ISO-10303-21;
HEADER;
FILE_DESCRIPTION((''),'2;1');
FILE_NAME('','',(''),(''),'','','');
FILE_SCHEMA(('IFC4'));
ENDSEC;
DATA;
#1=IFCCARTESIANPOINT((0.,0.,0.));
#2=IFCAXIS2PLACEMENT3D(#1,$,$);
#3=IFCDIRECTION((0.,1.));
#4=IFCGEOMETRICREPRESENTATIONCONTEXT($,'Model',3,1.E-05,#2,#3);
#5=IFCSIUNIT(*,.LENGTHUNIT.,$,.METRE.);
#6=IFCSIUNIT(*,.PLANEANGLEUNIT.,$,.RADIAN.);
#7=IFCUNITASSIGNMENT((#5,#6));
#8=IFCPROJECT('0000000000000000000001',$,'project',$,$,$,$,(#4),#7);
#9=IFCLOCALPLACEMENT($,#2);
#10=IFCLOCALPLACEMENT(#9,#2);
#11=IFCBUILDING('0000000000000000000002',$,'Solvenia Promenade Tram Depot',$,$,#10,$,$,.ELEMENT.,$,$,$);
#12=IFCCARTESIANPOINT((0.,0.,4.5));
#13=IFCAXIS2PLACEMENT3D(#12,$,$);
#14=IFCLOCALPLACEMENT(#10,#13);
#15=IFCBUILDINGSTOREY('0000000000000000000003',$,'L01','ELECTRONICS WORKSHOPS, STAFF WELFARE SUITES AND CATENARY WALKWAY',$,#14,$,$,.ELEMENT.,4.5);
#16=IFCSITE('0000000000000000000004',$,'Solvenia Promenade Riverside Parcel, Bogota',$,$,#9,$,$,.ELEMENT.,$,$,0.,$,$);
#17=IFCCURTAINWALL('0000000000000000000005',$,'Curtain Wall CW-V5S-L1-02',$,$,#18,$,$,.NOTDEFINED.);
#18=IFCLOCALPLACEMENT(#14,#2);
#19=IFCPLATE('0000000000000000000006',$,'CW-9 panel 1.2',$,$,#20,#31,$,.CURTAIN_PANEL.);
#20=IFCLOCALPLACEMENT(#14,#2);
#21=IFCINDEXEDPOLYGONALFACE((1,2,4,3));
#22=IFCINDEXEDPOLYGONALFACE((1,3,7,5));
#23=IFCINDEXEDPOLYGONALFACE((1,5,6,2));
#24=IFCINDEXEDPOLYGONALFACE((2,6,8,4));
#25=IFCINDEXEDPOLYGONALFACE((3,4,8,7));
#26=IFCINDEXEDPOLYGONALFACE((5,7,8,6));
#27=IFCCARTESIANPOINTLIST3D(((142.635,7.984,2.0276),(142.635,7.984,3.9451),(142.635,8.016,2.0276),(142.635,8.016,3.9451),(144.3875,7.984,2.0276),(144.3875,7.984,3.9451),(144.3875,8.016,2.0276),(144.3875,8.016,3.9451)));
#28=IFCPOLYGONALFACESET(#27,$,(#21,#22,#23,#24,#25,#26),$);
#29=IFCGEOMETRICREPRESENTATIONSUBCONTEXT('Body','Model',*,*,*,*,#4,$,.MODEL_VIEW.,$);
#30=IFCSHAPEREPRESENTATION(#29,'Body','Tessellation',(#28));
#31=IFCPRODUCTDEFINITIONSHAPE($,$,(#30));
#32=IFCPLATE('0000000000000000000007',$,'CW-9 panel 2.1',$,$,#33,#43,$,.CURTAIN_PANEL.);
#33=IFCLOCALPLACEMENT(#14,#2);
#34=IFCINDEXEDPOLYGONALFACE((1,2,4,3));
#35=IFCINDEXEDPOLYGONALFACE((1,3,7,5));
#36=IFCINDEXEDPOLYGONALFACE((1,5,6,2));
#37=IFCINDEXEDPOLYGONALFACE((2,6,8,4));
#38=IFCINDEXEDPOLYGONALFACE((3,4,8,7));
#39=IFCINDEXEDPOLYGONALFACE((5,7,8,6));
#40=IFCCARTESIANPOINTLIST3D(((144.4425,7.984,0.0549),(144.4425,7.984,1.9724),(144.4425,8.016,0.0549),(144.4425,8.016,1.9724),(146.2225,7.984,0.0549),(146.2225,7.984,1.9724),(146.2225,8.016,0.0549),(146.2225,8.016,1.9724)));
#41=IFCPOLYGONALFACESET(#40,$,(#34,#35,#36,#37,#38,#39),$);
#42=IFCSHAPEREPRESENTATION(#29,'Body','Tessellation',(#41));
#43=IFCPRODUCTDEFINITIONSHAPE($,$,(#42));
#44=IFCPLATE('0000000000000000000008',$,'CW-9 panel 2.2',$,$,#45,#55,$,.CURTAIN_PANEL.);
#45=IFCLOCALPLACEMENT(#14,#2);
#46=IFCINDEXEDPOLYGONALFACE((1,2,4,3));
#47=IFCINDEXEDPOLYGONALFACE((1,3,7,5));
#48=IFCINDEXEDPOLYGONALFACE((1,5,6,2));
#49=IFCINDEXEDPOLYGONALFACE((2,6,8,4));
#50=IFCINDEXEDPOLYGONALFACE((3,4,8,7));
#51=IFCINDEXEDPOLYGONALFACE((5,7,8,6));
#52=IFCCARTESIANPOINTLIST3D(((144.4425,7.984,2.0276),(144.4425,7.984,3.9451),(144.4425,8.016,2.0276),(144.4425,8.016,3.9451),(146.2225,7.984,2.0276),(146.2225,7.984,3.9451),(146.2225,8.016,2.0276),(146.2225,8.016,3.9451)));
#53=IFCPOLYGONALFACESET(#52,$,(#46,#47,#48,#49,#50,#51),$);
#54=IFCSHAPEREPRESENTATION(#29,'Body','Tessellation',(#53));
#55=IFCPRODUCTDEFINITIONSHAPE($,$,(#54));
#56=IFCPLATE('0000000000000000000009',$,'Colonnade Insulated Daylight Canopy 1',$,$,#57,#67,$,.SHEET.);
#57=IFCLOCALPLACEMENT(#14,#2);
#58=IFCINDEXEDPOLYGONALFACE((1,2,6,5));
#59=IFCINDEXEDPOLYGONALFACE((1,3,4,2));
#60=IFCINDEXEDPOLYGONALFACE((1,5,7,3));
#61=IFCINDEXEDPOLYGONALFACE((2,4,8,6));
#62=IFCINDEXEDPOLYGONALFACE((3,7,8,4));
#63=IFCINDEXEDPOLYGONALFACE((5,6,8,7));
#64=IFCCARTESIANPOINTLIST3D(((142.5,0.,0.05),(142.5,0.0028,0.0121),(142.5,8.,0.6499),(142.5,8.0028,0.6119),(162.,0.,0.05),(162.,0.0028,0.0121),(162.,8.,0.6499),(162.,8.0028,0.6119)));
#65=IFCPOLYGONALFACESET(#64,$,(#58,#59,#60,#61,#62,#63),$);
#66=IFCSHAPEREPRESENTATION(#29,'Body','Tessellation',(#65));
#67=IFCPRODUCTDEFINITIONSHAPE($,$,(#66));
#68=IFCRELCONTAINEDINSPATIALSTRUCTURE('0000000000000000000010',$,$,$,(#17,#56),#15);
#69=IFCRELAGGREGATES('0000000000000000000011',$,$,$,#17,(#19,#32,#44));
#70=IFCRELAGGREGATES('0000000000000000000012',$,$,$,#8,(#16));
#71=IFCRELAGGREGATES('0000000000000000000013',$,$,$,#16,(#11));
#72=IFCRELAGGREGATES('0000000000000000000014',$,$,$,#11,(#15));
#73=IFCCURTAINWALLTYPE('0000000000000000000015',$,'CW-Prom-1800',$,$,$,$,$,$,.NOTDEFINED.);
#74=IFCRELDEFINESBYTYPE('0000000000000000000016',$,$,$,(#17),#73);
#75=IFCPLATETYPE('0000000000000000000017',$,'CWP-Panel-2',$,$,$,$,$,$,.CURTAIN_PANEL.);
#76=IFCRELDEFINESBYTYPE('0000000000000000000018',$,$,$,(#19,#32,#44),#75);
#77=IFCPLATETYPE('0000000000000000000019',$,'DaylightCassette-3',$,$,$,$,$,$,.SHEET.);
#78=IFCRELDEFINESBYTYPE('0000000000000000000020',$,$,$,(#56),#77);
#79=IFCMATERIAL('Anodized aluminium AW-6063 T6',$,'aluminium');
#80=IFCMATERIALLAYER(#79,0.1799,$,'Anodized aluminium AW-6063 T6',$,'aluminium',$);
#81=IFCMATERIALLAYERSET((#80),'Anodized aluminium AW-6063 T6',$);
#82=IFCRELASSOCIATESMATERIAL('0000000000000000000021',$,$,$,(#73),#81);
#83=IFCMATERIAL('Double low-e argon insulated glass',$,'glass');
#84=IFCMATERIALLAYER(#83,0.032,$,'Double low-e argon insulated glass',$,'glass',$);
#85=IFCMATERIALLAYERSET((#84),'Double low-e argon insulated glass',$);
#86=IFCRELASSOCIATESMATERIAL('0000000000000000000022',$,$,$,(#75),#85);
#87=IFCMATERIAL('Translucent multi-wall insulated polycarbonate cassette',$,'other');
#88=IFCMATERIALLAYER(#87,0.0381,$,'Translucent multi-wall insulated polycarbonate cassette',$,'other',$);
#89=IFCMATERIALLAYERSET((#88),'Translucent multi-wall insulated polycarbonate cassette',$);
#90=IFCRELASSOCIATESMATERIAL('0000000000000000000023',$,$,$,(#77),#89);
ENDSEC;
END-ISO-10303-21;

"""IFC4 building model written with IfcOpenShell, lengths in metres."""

from ifc_helpers import new_model, si_unit, direction, frame, origin, origin_2d, place, context, subcontext, project, spatial, polyline, rectangle, outline, extrude, material, layer, layer_set, type_object, element, aggregate, save


model = new_model("IFC4")

# Units and contexts
model_context = context("Model", 3, precision=1e-05, world=origin(), true_north=direction((0.0, 1.0)))
body_context = subcontext(model_context, "Body", "Model", "MODEL_VIEW")
ifc_project = project(units=[si_unit("LENGTHUNIT", "METRE"), si_unit("PLANEANGLEUNIT", "RADIAN")], contexts=[model_context])

# Site, building, storey
site_placement = place(None, origin())
site = spatial("IfcSite", under=ifc_project, at=site_placement, Name="Solvenia Promenade Riverside Parcel, Bogota", CompositionType="ELEMENT", RefElevation=0.0)
building_placement = place(site_placement, origin())
building = spatial("IfcBuilding", under=site, at=building_placement, Name="Solvenia Promenade Tram Depot", CompositionType="ELEMENT")
storey_placement = place(building_placement, frame((0.0, 0.0, 4.5)))
storey = spatial("IfcBuildingStorey", under=building, at=storey_placement, Name="L01", Description="ELECTRONICS WORKSHOPS, STAFF WELFARE SUITES AND CATENARY WALKWAY", CompositionType="ELEMENT", Elevation=4.5)

# Shared definitions
ifc_material_1 = material(Name="Anodized aluminium AW-6063 T6", Category="aluminium")
ifc_layer_1 = layer(ifc_material_1, 0.1799, Name="Anodized aluminium AW-6063 T6", Category="aluminium")
ifc_layer_set_1 = layer_set([ifc_layer_1], Name="Anodized aluminium AW-6063 T6")
curtain_wall_type = type_object("IfcCurtainWallType", Name="CW-Prom-1800", PredefinedType="NOTDEFINED", material=ifc_layer_set_1)

# Curtain wall
curtain_wall_1_placement = place(storey_placement, origin())
curtain_wall_1 = element("IfcCurtainWall", 1, at=curtain_wall_1_placement, inside=storey, type_object=curtain_wall_type, Name="Curtain Wall CW-V5S-L1-02", PredefinedType="NOTDEFINED")

# Plates
ifc_material_2 = material(Name="Double low-e argon insulated glass", Category="glass")
ifc_layer_2 = layer(ifc_material_2, 0.032, Name="Double low-e argon insulated glass", Category="glass")
ifc_layer_set_2 = layer_set([ifc_layer_2], Name="Double low-e argon insulated glass")
plate_type_1 = type_object("IfcPlateType", Name="CWP-Panel-2", PredefinedType="CURTAIN_PANEL", material=ifc_layer_set_2)
plate_1_placement = place(storey_placement, frame((143.5112, 8.0, 2.0276), z_axis=(0.0, 0.0, 1.0), x_axis=(1.0, 0.0, 0.0)))
plate_1 = element("IfcPlate", 2, at=plate_1_placement, type_object=plate_type_1, Name="CW-9 panel 1.2", PredefinedType="CURTAIN_PANEL", context=body_context, shape_type="SweptSolid", body=[
    extrude(rectangle(XDim=1.7524, YDim=0.032, at=origin_2d()), origin(), (0.0, 0.0, 1.0), 1.9175),
])
plate_2_placement = place(storey_placement, frame((145.3325, 8.0, 0.0549), z_axis=(0.0, 0.0, 1.0), x_axis=(1.0, 0.0, 0.0)))
plate_2 = element("IfcPlate", 3, at=plate_2_placement, type_object=plate_type_1, Name="CW-9 panel 2.1", PredefinedType="CURTAIN_PANEL", context=body_context, shape_type="SweptSolid", body=[
    extrude(rectangle(XDim=1.78, YDim=0.032, at=origin_2d()), origin(), (0.0, 0.0, 1.0), 1.9175),
])
plate_3_placement = place(storey_placement, frame((145.3325, 8.0, 2.0276), z_axis=(0.0, 0.0, 1.0), x_axis=(1.0, 0.0, 0.0)))
plate_3 = element("IfcPlate", 4, at=plate_3_placement, type_object=plate_type_1, Name="CW-9 panel 2.2", PredefinedType="CURTAIN_PANEL", context=body_context, shape_type="SweptSolid", body=[
    extrude(rectangle(XDim=1.78, YDim=0.032, at=origin_2d()), origin(), (0.0, 0.0, 1.0), 1.9175),
])
aggregate(curtain_wall_1, [plate_1, plate_2, plate_3])
ifc_material_3 = material(Name="Translucent multi-wall insulated polycarbonate cassette", Category="other")
ifc_layer_3 = layer(ifc_material_3, 0.0381, Name="Translucent multi-wall insulated polycarbonate cassette", Category="other")
ifc_layer_set_3 = layer_set([ifc_layer_3], Name="Translucent multi-wall insulated polycarbonate cassette")
plate_type_2 = type_object("IfcPlateType", Name="DaylightCassette-3", PredefinedType="SHEET", material=ifc_layer_set_3)
plate_4_placement = place(storey_placement, frame((142.5, 0.0, 0.05), z_axis=(0.0, -0.074772, 0.997201), x_axis=(1.0, 0.0, 0.0)))
element("IfcPlate", 5, at=plate_4_placement, inside=storey, type_object=plate_type_2, Name="Colonnade Insulated Daylight Canopy 1", PredefinedType="SHEET", context=body_context, shape_type="SweptSolid", body=[
    extrude(outline(polyline([(0.0, 0.0), (19.5, 0.0), (19.5, 8.0225), (0.0, 8.0225), (0.0, 0.0)])), origin(), (0.0, 0.0, -1.0), 0.0381),
])

save(model, "model.ifc")
